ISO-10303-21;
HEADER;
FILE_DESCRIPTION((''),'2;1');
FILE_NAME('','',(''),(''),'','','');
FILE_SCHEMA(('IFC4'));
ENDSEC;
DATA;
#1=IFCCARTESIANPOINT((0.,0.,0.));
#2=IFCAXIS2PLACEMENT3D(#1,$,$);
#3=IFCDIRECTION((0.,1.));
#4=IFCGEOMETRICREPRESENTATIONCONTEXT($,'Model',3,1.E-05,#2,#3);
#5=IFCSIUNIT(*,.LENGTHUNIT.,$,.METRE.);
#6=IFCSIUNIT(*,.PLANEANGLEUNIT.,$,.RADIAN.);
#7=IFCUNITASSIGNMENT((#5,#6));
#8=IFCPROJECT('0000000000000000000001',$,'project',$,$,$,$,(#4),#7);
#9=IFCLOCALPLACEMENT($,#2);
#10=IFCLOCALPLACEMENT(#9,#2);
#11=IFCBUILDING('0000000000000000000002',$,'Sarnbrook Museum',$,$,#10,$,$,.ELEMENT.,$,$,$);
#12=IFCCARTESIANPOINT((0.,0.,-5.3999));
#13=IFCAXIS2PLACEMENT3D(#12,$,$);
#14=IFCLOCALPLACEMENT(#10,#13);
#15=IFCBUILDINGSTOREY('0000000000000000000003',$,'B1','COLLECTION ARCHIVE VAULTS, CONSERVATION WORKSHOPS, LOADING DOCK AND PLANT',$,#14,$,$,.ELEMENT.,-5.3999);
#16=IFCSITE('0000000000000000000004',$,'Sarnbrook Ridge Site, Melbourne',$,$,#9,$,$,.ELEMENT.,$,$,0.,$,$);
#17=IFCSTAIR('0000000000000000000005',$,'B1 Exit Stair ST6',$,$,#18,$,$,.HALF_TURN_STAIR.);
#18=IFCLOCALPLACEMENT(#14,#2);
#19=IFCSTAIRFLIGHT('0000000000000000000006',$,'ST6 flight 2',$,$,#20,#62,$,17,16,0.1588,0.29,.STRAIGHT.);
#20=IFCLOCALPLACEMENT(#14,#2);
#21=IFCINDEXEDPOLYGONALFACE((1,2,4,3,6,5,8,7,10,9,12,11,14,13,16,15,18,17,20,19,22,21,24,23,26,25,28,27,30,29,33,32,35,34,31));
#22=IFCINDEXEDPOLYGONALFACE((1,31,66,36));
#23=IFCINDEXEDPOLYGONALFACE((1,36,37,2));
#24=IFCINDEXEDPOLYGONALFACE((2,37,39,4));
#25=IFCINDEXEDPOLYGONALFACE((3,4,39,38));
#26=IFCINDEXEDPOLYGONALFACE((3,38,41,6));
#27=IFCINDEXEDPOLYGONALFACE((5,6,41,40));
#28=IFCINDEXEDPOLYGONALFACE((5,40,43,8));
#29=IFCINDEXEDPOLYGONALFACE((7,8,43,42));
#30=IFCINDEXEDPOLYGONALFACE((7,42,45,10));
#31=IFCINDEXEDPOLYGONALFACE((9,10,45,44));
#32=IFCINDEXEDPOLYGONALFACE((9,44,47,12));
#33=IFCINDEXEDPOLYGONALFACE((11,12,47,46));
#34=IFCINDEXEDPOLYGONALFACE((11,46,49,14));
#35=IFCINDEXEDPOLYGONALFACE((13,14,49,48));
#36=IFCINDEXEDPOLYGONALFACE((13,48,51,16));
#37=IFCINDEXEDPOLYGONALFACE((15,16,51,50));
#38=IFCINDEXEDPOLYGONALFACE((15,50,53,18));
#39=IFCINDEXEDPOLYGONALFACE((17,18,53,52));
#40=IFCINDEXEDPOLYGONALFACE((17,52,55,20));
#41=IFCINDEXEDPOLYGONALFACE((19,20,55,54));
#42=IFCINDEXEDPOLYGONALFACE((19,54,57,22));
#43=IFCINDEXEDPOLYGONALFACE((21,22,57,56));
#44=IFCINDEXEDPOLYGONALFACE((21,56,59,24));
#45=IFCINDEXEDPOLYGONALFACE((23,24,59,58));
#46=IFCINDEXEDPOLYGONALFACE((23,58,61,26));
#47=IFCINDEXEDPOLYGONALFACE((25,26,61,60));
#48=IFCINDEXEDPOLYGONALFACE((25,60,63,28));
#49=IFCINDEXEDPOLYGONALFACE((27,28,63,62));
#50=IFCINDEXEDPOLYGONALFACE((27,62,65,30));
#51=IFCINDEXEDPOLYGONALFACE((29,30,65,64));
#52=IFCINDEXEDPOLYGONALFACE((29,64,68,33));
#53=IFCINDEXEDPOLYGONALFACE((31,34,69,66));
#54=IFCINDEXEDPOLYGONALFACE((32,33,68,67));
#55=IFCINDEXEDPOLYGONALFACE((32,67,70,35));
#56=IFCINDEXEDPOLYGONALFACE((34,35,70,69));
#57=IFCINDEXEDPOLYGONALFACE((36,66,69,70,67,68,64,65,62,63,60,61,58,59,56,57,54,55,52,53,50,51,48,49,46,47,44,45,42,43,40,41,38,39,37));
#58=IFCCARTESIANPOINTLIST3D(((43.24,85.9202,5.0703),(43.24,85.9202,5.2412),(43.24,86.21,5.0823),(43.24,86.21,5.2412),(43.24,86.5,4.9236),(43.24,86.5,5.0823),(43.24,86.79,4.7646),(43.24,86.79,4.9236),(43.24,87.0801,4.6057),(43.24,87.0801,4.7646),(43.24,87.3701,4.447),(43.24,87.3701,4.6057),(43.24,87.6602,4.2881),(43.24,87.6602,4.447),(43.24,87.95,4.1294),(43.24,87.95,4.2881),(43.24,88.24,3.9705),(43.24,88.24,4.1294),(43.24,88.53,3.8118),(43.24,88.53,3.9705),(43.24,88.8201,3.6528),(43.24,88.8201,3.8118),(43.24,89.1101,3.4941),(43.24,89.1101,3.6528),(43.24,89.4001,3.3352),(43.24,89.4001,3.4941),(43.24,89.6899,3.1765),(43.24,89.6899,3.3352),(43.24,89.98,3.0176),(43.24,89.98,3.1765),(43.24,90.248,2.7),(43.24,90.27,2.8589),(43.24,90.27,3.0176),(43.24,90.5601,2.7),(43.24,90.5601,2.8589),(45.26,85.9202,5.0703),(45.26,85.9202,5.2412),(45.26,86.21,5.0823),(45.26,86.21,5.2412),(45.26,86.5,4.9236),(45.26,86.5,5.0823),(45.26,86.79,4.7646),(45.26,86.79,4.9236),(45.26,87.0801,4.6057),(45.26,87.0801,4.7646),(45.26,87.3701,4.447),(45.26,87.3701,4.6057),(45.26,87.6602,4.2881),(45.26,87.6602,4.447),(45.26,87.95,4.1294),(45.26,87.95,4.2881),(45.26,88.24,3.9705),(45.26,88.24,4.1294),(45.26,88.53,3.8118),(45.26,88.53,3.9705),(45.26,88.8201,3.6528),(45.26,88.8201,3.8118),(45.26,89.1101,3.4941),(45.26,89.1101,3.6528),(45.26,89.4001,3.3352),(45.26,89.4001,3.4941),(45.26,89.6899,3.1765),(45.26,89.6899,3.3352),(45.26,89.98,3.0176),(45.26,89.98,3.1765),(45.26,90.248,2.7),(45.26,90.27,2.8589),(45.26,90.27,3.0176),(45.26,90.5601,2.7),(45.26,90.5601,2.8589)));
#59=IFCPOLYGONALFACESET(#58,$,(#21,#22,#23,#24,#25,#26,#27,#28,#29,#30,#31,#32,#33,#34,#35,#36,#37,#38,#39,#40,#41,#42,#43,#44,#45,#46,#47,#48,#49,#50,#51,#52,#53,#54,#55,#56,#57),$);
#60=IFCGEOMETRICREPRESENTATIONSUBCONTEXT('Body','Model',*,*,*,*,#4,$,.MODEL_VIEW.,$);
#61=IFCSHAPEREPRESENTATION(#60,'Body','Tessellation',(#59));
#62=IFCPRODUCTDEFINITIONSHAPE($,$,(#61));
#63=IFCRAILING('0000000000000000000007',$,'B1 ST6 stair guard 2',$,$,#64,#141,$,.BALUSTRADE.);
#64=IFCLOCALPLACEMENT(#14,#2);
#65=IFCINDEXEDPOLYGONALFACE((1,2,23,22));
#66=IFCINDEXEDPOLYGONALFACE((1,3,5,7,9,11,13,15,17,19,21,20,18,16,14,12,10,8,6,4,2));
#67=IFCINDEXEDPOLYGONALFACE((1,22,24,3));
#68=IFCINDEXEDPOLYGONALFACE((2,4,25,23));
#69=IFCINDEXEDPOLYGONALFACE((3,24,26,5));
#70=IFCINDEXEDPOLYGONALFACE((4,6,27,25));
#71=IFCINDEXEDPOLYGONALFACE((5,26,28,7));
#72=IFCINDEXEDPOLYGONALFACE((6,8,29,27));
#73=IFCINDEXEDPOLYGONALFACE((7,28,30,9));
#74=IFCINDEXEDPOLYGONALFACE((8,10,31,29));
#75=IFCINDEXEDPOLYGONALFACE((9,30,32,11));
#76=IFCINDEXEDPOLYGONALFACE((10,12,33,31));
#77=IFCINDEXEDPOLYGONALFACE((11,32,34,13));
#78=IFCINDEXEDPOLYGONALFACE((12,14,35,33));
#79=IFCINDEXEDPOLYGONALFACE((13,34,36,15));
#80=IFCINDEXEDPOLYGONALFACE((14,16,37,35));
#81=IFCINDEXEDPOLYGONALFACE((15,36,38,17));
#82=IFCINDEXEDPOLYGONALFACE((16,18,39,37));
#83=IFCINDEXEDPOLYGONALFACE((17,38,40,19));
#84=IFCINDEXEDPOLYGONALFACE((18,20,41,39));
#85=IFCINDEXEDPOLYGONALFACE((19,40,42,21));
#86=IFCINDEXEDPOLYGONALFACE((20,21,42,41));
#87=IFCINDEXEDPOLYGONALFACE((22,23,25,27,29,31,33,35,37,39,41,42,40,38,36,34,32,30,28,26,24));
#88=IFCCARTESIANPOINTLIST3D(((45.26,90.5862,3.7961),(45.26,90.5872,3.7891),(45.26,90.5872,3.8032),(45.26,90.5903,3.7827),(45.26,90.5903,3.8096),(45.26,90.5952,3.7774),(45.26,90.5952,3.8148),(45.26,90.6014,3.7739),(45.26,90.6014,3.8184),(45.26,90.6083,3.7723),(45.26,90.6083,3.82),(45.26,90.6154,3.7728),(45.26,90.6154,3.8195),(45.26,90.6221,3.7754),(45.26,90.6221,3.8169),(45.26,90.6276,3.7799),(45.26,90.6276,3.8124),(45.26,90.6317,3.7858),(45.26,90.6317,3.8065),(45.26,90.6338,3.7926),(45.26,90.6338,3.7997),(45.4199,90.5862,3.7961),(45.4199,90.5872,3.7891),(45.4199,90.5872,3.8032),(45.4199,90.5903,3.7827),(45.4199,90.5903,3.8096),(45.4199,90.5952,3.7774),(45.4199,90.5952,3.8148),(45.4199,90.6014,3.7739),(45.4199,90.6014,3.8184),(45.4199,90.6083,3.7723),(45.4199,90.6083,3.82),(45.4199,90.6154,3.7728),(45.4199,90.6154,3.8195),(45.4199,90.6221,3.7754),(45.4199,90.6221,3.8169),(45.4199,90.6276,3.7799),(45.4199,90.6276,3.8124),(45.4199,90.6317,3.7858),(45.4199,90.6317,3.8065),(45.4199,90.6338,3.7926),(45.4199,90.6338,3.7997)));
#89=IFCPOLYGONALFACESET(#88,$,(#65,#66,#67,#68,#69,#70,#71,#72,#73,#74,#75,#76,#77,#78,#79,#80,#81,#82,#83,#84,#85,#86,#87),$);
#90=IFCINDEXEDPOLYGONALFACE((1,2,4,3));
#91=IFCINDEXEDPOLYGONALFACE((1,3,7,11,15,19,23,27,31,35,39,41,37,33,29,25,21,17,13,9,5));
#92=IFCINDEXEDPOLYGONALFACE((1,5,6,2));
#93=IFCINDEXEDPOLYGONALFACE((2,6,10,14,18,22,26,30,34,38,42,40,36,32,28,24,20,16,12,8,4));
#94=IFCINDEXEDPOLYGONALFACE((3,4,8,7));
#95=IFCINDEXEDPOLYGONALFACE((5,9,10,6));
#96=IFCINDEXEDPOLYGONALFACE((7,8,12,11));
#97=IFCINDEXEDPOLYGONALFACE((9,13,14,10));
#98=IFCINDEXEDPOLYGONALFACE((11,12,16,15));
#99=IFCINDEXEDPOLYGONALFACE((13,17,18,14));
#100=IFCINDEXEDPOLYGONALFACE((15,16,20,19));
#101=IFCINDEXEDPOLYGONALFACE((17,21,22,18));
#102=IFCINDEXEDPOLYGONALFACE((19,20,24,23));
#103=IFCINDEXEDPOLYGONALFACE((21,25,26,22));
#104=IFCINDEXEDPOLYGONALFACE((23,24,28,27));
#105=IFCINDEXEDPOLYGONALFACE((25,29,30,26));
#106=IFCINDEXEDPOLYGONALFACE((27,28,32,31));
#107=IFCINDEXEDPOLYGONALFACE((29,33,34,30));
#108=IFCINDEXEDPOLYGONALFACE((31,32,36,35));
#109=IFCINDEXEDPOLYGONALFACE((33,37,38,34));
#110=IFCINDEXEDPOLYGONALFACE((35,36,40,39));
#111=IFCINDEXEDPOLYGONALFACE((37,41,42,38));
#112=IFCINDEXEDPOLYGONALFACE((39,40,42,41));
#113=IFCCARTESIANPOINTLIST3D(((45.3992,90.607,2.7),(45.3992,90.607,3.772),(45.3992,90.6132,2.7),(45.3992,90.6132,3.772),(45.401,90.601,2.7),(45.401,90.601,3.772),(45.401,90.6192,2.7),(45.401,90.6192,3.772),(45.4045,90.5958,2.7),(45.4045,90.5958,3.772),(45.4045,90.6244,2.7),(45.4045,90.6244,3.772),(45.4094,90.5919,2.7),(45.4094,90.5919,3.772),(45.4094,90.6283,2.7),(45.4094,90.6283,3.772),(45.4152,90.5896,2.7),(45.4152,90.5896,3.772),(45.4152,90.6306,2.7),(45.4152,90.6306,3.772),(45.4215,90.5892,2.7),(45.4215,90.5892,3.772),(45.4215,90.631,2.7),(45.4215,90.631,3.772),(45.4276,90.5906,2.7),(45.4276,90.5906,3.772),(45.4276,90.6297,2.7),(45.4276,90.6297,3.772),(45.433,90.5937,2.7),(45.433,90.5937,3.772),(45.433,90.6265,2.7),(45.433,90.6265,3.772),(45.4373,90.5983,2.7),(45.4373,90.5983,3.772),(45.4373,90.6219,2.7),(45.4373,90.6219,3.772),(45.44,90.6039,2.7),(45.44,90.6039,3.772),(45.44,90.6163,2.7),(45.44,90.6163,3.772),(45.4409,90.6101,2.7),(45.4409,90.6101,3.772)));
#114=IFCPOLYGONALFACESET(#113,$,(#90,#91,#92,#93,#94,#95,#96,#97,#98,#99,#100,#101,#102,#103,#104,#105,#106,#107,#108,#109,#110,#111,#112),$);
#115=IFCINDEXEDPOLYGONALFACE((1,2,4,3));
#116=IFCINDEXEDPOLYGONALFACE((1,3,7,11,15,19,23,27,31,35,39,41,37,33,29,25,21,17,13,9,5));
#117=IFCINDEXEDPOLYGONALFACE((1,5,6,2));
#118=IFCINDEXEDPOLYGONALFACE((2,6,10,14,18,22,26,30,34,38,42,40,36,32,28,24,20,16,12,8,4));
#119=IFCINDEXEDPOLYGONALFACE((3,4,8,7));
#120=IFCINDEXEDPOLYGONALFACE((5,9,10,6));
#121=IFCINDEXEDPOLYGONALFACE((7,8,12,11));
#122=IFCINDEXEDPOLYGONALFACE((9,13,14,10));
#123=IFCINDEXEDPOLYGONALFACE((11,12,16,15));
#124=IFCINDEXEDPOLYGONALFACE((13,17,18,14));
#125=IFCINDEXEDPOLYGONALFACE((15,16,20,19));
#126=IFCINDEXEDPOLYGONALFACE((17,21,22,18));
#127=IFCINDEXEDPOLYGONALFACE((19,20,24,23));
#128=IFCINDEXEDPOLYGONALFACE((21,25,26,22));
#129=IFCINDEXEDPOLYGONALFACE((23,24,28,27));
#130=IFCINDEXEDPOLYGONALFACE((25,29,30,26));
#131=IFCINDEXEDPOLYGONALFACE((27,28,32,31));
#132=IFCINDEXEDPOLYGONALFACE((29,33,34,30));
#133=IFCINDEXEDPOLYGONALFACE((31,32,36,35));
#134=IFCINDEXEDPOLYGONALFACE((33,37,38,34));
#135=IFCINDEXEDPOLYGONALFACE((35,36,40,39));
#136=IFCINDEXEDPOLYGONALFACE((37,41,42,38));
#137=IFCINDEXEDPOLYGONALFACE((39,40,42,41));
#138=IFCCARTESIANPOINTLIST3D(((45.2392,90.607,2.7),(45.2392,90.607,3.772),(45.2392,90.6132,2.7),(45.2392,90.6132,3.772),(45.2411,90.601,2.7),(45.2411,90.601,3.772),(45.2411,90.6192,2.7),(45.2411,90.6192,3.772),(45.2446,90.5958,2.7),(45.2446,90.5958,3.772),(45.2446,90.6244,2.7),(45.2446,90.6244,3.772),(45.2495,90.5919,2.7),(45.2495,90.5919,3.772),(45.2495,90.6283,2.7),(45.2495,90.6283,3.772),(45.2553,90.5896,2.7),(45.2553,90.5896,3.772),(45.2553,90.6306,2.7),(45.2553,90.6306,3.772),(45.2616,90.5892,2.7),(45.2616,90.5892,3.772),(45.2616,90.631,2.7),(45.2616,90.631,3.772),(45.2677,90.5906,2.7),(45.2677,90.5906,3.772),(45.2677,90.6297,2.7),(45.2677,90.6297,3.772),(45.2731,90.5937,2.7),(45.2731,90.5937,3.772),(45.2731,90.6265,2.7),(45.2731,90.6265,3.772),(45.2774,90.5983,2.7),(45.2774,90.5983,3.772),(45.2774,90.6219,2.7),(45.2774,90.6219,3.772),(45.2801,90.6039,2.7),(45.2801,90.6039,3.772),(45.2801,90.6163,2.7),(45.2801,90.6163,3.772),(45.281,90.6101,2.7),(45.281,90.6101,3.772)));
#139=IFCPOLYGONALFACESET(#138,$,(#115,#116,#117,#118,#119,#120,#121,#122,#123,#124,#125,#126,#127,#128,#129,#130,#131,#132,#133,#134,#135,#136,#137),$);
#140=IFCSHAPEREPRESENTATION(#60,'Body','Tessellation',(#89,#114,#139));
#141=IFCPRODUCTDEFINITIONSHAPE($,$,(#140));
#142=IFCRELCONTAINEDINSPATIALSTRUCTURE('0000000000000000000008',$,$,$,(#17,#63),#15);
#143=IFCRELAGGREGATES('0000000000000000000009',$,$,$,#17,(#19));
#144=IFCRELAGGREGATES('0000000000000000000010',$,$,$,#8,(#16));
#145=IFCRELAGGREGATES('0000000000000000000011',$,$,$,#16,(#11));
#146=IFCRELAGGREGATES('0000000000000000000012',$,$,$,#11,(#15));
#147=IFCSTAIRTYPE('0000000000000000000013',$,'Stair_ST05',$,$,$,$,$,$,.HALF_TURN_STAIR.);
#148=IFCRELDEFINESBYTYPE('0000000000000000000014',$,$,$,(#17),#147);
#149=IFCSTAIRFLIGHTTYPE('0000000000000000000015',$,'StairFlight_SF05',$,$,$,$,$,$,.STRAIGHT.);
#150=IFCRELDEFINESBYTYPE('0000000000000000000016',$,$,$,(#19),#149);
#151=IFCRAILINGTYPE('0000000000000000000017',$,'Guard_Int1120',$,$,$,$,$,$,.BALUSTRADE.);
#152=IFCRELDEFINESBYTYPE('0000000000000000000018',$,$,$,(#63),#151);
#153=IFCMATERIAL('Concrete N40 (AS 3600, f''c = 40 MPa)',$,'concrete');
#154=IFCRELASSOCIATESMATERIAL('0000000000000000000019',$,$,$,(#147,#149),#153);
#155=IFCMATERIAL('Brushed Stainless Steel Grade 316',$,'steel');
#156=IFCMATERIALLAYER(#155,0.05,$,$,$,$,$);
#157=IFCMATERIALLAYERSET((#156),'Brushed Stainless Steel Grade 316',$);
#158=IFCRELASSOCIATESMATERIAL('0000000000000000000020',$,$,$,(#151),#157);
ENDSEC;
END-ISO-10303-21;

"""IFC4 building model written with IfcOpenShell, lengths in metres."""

from ifc_helpers import new_model, si_unit, direction, frame, origin, origin_2d, place, context, subcontext, project, spatial, polyline, circle, outline, extrude, material, layer, layer_set, type_object, element, aggregate, save


model = new_model("IFC4")

# Units and contexts
model_context = context("Model", 3, precision=1e-05, world=origin(), true_north=direction((0.0, 1.0)))
body_context = subcontext(model_context, "Body", "Model", "MODEL_VIEW")
ifc_project = project(units=[si_unit("LENGTHUNIT", "METRE"), si_unit("PLANEANGLEUNIT", "RADIAN")], contexts=[model_context])

# Site, building, storey
site_placement = place(None, origin())
site = spatial("IfcSite", under=ifc_project, at=site_placement, Name="Sarnbrook Ridge Site, Melbourne", CompositionType="ELEMENT", RefElevation=0.0)
building_placement = place(site_placement, origin())
building = spatial("IfcBuilding", under=site, at=building_placement, Name="Sarnbrook Museum", CompositionType="ELEMENT")
storey_placement = place(building_placement, frame((0.0, 0.0, -5.3999)))
storey = spatial("IfcBuildingStorey", under=building, at=storey_placement, Name="B1", Description="COLLECTION ARCHIVE VAULTS, CONSERVATION WORKSHOPS, LOADING DOCK AND PLANT", CompositionType="ELEMENT", Elevation=-5.3999)

# Shared definitions
ifc_material_1 = material(Name="Concrete N40 (AS 3600, f'c = 40 MPa)", Category="concrete")

# Stair, stair flight
stair_type = type_object("IfcStairType", Name="Stair_ST05", PredefinedType="HALF_TURN_STAIR", material=ifc_material_1)
stair_placement = place(storey_placement, origin())
stair = element("IfcStair", 1, at=stair_placement, inside=storey, type_object=stair_type, Name="B1 Exit Stair ST6", PredefinedType="HALF_TURN_STAIR")
stair_flight_type = type_object("IfcStairFlightType", Name="StairFlight_SF05", PredefinedType="STRAIGHT", material=ifc_material_1)
stair_flight_placement = place(storey_placement, frame((44.25, 90.5601, 2.7), z_axis=(0.0, 0.0, 1.0), x_axis=(0.0, -1.0, 0.0)))
stair_flight = element("IfcStairFlight", 2, at=stair_flight_placement, type_object=stair_flight_type, Name="ST6 flight 2", NumberOfRisers=17, NumberOfTreads=16, PredefinedType="STRAIGHT", RiserHeight=0.1588, TreadLength=0.29, context=body_context, shape_type="SweptSolid", body=[
    extrude(outline(polyline([(0.0, 0.0), (0.0, 0.1589), (0.29, 0.1589), (0.29, 0.3176), (0.5801, 0.3176), (0.5801, 0.4766), (0.8701, 0.4766), (0.8701, 0.6353), (1.1599, 0.6353), (1.1599, 0.7942), (1.45, 0.7942), (1.45, 0.9529), (1.74, 0.9529), (1.74, 1.1118), (2.03, 1.1118), (2.03, 1.2705), (2.3201, 1.2705), (2.3201, 1.4294), (2.6101, 1.4294), (2.6101, 1.5881), (2.8999, 1.5881), (2.8999, 1.7471), (3.1899, 1.7471), (3.1899, 1.9058), (3.48, 1.9058), (3.48, 2.0647), (3.77, 2.0647), (3.77, 2.2236), (4.0601, 2.2236), (4.0601, 2.3823), (4.3501, 2.3823), (4.3501, 2.5413), (4.6399, 2.5413), (4.6399, 2.7), (4.6399, 2.3704), (0.312, 0.0), (0.0, 0.0)])), frame((0.0, 1.01, 0.0), z_axis=(0.0, -1.0, 0.0), x_axis=(1.0, 0.0, 0.0)), (0.0, 0.0, 1.0), 2.02),
])
aggregate(stair, [stair_flight])

# Railing
ifc_material_2 = material(Name="Brushed Stainless Steel Grade 316", Category="steel")
ifc_layer_1 = layer(ifc_material_2, 0.05)
ifc_layer_set_1 = layer_set([ifc_layer_1], Name="Brushed Stainless Steel Grade 316")
railing_type_1 = type_object("IfcRailingType", Name="Guard_Int1120", PredefinedType="BALUSTRADE", material=ifc_layer_set_1)
railing_1_placement = place(storey_placement, frame((45.4199, 90.6101, 2.7)))
element("IfcRailing", 3, at=railing_1_placement, inside=storey, type_object=railing_type_1, Name="B1 ST6 stair guard 2", PredefinedType="BALUSTRADE", context=body_context, shape_type="SweptSolid", body=[
    extrude(circle(Radius=0.0239, at=origin_2d()), frame((0.0, 0.0, 1.0962), z_axis=(-1.0, 0.0, 0.0), x_axis=(0.0, -1.0, 0.0)), (0.0, 0.0, 1.0), 0.1599),
    extrude(circle(Radius=0.021, at=origin_2d()), origin(), (0.0, 0.0, 1.0), 1.072),
    extrude(circle(Radius=0.021, at=origin_2d()), frame((-0.1599, 0.0, 0.0)), (0.0, 0.0, 1.0), 1.072),
])

save(model, "model.ifc")
